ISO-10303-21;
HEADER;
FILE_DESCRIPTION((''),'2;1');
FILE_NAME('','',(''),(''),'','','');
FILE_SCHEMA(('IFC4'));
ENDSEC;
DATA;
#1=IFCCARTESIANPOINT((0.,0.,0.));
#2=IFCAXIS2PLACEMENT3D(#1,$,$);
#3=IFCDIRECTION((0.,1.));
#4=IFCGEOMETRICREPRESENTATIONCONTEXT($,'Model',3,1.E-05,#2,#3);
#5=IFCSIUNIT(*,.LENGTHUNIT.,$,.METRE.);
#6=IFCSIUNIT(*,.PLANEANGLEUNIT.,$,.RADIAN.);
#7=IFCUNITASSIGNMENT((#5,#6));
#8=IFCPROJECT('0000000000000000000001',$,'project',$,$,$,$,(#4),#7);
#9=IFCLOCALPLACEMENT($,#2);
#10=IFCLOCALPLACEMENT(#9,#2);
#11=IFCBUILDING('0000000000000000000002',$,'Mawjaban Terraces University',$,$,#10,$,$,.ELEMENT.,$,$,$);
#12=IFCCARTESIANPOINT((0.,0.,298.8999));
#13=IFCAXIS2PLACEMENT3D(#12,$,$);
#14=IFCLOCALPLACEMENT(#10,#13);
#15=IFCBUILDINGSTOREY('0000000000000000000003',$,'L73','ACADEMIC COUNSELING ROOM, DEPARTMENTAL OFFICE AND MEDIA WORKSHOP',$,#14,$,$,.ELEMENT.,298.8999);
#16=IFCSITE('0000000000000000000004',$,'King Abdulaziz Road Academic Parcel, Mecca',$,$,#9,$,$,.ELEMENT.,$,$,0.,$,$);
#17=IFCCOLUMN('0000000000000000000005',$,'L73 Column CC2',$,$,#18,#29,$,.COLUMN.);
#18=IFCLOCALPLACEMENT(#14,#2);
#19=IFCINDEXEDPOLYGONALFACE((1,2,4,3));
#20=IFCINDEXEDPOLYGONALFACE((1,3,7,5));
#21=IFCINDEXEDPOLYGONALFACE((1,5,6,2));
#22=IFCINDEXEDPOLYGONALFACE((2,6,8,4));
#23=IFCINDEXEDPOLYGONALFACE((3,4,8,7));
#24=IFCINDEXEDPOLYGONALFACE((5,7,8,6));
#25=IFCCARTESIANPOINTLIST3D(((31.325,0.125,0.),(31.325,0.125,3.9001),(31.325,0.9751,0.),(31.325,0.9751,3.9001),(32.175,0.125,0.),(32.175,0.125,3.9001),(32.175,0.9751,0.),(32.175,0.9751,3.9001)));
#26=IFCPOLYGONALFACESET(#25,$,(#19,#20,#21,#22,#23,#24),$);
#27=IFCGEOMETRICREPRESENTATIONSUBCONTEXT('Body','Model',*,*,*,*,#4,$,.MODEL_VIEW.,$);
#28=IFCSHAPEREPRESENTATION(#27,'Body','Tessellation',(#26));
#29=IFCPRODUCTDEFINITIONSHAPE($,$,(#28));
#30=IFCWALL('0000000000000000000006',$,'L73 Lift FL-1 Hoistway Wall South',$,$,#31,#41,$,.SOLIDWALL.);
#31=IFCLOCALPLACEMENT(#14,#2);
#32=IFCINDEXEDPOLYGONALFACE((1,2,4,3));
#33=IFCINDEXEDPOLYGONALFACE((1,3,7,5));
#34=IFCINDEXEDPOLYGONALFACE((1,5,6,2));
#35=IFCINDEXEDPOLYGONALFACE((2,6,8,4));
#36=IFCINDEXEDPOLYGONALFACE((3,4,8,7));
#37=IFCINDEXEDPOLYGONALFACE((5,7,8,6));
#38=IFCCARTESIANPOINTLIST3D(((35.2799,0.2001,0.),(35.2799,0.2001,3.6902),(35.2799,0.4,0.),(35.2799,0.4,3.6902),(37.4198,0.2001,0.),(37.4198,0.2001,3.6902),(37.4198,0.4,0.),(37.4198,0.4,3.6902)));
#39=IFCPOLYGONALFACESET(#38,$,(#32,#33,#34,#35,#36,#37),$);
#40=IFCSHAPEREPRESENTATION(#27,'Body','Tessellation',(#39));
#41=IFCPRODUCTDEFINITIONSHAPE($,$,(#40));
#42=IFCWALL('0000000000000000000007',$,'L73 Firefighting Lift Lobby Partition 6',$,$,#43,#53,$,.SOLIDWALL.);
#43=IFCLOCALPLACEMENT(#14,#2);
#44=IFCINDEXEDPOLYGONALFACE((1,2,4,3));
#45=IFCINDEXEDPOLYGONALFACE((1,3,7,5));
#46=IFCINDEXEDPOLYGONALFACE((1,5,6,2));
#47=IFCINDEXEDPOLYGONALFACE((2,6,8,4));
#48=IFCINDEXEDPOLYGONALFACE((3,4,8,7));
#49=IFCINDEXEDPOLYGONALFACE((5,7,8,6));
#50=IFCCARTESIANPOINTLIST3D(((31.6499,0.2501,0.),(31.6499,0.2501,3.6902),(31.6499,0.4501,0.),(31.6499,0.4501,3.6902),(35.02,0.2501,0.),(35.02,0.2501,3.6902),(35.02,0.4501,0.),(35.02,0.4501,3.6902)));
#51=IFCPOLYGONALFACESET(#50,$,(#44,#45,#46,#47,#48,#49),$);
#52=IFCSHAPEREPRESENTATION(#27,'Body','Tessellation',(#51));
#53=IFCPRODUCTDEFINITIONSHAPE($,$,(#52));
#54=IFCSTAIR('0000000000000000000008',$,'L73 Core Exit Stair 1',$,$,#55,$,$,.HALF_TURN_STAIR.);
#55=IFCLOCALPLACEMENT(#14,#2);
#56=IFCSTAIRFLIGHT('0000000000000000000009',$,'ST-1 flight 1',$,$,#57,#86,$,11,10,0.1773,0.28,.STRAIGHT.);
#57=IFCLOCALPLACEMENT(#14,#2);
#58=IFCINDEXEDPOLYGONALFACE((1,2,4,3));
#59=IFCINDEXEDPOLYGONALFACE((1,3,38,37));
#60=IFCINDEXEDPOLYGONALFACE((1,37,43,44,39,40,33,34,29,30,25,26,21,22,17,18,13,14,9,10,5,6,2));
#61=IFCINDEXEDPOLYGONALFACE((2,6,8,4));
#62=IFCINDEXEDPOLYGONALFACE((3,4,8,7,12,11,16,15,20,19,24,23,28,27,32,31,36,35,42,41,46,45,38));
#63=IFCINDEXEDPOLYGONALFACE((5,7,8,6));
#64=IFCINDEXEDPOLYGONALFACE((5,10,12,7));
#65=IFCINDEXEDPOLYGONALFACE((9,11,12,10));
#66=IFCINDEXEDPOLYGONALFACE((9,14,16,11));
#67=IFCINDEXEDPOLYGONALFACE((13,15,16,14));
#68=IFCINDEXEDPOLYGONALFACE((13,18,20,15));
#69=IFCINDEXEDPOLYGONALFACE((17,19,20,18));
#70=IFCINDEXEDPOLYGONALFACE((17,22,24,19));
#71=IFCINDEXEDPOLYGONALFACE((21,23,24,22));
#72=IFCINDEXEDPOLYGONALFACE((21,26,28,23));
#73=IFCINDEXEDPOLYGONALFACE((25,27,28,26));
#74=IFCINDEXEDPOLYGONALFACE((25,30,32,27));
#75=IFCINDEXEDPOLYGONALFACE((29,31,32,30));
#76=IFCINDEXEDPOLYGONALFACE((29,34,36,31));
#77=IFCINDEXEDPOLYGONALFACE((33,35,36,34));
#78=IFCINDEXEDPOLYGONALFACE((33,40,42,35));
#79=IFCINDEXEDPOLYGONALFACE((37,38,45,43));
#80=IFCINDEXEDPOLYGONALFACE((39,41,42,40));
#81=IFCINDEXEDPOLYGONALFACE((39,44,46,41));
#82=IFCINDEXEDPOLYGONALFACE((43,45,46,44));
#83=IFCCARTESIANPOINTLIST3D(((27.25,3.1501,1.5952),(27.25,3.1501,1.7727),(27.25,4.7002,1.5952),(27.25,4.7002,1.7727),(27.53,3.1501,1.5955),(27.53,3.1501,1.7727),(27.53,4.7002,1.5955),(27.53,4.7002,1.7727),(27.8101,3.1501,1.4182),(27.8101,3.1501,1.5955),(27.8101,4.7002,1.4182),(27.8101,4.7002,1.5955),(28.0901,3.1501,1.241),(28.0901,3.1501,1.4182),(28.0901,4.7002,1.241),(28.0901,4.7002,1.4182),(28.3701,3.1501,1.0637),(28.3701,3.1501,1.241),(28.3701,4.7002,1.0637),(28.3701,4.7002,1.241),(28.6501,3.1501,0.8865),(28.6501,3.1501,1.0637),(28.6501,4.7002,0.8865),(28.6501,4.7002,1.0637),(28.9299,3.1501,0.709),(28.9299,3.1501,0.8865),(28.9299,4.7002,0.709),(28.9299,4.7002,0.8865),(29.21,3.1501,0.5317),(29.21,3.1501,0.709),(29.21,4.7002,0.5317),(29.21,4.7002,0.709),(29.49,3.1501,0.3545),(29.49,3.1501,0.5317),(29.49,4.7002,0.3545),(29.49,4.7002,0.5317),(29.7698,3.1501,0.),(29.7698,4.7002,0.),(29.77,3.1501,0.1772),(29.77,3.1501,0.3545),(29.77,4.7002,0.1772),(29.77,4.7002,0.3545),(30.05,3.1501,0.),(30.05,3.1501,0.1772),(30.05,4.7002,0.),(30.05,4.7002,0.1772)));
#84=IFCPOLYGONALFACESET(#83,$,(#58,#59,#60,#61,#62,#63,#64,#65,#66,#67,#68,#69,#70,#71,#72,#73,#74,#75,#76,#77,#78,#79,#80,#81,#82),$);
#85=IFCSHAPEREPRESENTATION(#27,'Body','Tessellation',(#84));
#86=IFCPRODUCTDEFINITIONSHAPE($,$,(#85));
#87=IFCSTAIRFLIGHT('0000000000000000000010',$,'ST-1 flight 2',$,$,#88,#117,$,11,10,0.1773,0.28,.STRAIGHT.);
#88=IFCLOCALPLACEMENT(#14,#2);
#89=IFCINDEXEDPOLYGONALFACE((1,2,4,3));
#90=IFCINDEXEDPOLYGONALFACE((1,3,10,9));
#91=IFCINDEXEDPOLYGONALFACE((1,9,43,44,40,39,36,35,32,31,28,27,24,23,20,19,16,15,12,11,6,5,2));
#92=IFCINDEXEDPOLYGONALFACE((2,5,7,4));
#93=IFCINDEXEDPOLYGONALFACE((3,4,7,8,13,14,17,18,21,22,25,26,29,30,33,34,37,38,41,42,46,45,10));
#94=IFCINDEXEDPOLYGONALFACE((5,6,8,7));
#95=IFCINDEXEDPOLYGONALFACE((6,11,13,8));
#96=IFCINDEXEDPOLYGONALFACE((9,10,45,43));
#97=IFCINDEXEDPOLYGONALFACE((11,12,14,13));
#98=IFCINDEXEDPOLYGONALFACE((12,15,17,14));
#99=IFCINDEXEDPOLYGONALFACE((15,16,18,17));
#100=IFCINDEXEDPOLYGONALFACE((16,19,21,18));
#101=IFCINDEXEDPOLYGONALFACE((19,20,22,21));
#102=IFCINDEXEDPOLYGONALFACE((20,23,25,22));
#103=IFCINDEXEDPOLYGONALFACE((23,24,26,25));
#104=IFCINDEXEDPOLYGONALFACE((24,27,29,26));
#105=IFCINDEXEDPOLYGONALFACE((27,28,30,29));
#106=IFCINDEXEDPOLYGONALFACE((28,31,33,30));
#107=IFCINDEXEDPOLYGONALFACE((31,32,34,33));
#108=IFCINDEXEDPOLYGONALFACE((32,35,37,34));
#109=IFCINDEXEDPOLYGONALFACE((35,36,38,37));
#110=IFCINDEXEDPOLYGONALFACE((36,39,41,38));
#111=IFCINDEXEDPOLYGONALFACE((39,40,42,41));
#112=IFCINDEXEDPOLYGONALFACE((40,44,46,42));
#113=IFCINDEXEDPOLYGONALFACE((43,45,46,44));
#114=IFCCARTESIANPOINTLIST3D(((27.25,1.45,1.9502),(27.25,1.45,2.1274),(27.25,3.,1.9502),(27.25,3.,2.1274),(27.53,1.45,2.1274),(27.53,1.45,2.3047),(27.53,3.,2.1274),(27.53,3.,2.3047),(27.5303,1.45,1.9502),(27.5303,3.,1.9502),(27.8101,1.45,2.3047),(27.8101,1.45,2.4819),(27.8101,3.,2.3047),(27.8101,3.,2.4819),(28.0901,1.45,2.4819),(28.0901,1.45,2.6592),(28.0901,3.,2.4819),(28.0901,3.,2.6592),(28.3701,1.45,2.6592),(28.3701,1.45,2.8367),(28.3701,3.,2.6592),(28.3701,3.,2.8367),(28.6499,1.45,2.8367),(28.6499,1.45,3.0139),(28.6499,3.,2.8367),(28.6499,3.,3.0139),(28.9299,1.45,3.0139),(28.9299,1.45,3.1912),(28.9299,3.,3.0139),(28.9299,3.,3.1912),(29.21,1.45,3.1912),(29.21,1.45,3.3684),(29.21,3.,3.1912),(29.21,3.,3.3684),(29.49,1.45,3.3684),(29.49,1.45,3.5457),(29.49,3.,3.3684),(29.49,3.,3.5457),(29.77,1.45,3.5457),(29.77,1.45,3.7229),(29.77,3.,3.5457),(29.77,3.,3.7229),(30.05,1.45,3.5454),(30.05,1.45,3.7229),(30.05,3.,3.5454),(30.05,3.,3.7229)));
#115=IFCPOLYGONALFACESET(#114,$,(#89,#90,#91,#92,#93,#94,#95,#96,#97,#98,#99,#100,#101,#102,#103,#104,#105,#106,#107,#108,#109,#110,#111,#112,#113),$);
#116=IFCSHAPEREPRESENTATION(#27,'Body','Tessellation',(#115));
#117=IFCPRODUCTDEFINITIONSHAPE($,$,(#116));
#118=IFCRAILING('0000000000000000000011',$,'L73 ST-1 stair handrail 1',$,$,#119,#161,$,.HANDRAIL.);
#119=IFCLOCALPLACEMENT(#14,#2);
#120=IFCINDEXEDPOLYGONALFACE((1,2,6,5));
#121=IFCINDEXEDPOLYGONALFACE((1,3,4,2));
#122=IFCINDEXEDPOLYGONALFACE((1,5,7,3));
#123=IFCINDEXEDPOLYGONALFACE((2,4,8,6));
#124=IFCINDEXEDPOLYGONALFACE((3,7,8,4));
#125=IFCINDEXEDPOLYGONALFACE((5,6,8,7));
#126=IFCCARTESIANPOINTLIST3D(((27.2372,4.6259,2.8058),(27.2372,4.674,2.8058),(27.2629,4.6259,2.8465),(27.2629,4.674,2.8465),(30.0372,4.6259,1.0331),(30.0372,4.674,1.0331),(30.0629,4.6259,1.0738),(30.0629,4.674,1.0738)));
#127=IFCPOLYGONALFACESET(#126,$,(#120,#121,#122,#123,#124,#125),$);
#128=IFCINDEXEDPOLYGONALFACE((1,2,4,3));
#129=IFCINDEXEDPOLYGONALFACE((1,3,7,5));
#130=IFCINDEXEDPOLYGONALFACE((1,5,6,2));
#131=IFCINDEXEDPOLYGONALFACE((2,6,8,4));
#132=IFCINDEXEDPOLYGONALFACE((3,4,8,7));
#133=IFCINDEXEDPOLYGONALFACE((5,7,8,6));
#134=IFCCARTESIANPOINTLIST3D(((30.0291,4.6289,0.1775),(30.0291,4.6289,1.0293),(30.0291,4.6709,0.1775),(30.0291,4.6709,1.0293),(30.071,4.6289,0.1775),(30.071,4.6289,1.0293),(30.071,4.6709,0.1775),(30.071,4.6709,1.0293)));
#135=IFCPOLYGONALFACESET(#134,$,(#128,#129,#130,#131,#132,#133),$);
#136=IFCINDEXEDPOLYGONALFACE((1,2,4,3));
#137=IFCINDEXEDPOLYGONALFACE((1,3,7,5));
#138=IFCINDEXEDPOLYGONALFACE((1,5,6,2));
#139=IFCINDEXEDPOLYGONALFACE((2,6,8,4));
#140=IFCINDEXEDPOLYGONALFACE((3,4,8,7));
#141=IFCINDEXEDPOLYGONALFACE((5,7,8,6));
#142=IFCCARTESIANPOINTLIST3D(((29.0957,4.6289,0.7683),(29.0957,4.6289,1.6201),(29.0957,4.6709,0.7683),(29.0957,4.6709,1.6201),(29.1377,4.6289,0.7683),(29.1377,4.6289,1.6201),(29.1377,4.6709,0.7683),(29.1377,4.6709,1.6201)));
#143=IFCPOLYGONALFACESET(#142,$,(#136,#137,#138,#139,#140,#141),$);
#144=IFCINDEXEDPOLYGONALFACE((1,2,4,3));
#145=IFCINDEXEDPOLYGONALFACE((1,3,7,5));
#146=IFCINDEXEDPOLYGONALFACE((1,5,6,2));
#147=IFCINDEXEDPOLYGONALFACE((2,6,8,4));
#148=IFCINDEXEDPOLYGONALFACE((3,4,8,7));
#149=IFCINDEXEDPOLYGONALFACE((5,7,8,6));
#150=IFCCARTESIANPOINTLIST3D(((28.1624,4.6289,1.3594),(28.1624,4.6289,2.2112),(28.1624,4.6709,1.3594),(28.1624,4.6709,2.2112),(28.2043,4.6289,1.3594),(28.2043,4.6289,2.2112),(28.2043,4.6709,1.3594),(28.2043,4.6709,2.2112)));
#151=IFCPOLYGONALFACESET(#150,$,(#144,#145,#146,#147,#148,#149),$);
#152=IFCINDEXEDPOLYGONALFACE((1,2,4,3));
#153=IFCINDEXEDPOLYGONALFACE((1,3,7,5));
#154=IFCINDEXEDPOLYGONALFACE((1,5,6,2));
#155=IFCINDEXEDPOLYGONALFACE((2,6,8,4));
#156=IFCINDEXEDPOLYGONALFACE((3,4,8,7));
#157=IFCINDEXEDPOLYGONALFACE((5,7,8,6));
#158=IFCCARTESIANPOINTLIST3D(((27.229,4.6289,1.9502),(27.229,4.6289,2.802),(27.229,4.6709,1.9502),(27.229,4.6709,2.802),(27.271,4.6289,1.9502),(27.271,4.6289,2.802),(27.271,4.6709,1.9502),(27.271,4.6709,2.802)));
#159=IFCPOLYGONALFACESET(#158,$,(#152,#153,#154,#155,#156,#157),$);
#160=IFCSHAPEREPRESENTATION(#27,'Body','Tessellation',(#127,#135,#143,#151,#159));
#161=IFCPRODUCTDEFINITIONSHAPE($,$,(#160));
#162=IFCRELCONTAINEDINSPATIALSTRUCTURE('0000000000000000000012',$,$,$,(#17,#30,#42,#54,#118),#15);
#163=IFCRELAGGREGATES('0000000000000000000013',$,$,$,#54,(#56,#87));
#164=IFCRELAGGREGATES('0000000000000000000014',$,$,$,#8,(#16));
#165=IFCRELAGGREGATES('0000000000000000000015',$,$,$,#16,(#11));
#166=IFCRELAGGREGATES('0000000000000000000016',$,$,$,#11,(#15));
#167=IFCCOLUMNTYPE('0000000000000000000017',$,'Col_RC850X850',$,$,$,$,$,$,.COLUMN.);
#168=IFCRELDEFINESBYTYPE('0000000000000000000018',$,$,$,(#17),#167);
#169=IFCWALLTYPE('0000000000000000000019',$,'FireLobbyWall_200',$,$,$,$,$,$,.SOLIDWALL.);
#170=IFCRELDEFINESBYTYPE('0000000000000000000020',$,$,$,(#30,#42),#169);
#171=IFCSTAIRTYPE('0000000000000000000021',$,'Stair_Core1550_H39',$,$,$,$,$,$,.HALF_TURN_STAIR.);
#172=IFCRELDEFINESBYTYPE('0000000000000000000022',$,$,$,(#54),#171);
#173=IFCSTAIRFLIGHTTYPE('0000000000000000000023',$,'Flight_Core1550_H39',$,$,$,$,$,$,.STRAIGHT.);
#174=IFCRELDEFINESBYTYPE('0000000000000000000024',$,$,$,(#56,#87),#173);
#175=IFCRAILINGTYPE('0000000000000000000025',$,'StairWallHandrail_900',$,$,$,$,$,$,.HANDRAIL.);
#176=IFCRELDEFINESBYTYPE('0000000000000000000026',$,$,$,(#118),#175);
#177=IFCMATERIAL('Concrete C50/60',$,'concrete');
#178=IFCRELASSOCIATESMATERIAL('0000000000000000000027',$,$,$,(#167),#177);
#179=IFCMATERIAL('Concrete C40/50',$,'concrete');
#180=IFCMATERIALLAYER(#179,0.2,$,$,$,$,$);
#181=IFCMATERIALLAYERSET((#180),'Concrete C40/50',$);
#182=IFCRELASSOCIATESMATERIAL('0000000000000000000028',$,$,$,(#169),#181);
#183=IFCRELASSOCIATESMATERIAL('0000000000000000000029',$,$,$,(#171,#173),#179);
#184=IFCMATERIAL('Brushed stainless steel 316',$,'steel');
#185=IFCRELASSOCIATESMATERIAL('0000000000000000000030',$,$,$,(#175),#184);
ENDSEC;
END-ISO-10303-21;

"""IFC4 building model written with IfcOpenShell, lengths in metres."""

from ifc_helpers import new_model, si_unit, direction, frame, frame_2d, origin, origin_2d, place, context, subcontext, project, spatial, polyline, rectangle, outline, extrude, material, layer, layer_set, material_profile, profile_set, type_object, element, aggregate, save


model = new_model("IFC4")

# Units and contexts
model_context = context("Model", 3, precision=1e-05, world=origin(), true_north=direction((0.0, 1.0)))
body_context = subcontext(model_context, "Body", "Model", "MODEL_VIEW")
ifc_project = project(units=[si_unit("LENGTHUNIT", "METRE"), si_unit("PLANEANGLEUNIT", "RADIAN")], contexts=[model_context])

# Site, building, storey
site_placement = place(None, origin())
site = spatial("IfcSite", under=ifc_project, at=site_placement, Name="King Abdulaziz Road Academic Parcel, Mecca", CompositionType="ELEMENT", RefElevation=0.0)
building_placement = place(site_placement, origin())
building = spatial("IfcBuilding", under=site, at=building_placement, Name="Mawjaban Terraces University", CompositionType="ELEMENT")
storey_placement = place(building_placement, frame((0.0, 0.0, 298.8999)))
storey = spatial("IfcBuildingStorey", under=building, at=storey_placement, Name="L73", Description="ACADEMIC COUNSELING ROOM, DEPARTMENTAL OFFICE AND MEDIA WORKSHOP", CompositionType="ELEMENT", Elevation=298.8999)

# Column
ifc_material_1 = material(Name="Concrete C50/60", Category="concrete")
ifc_material_profile = material_profile(ifc_material_1, rectangle(XDim=0.8501, YDim=0.8501, at=origin_2d()), Name="RC850X850")
ifc_profile_set = profile_set([ifc_material_profile], Name="Concrete C50/60")
column_type = type_object("IfcColumnType", Name="Col_RC850X850", PredefinedType="COLUMN", material=ifc_profile_set)
column_placement = place(storey_placement, frame((31.75, 0.55, 0.0), z_axis=(0.0, 0.0, 1.0), x_axis=(1.0, 0.0, 0.0)))
element("IfcColumn", 1, at=column_placement, inside=storey, type_object=column_type, Name="L73 Column CC2", PredefinedType="COLUMN", context=body_context, shape_type="SweptSolid", body=[
    extrude(rectangle(XDim=0.8501, YDim=0.8501, at=origin_2d()), origin(), (0.0, 0.0, 1.0), 3.9001),
])

# Shared definitions
ifc_material_2 = material(Name="Concrete C40/50", Category="concrete")
ifc_layer_1 = layer(ifc_material_2, 0.2)
ifc_layer_set_1 = layer_set([ifc_layer_1], Name="Concrete C40/50")
wall_type_1 = type_object("IfcWallType", Name="FireLobbyWall_200", PredefinedType="SOLIDWALL", material=ifc_layer_set_1)

# Wall
wall_1_placement = place(storey_placement, frame((35.28, 0.3, 0.0), z_axis=(0.0, 0.0, 1.0), x_axis=(1.0, 0.0, 0.0)))
element("IfcWall", 2, at=wall_1_placement, inside=storey, type_object=wall_type_1, Name="L73 Lift FL-1 Hoistway Wall South", PredefinedType="SOLIDWALL", context=body_context, shape_type="SweptSolid", body=[
    extrude(rectangle(XDim=2.1399, YDim=0.2, at=frame_2d((1.0698, 0.0))), origin(), (0.0, 0.0, 1.0), 3.6902),
])

# Wall
wall_2_placement = place(storey_placement, frame((31.6499, 0.3501, 0.0), z_axis=(0.0, 0.0, 1.0), x_axis=(1.0, 0.0, 0.0)))
element("IfcWall", 3, at=wall_2_placement, inside=storey, type_object=wall_type_1, Name="L73 Firefighting Lift Lobby Partition 6", PredefinedType="SOLIDWALL", context=body_context, shape_type="SweptSolid", body=[
    extrude(rectangle(XDim=3.3701, YDim=0.2, at=frame_2d((1.6851, 0.0))), origin(), (0.0, 0.0, 1.0), 3.6902),
])

# Stair, stair flights
stair_type = type_object("IfcStairType", Name="Stair_Core1550_H39", PredefinedType="HALF_TURN_STAIR", material=ifc_material_2)
stair_placement = place(storey_placement, origin())
stair = element("IfcStair", 4, at=stair_placement, inside=storey, type_object=stair_type, Name="L73 Core Exit Stair 1", PredefinedType="HALF_TURN_STAIR")
stair_flight_type = type_object("IfcStairFlightType", Name="Flight_Core1550_H39", PredefinedType="STRAIGHT", material=ifc_material_2)
stair_flight_1_placement = place(storey_placement, frame((30.05, 3.925, 0.0), z_axis=(0.0, 0.0, 1.0), x_axis=(-1.0, 0.0, 0.0)))
stair_flight_1 = element("IfcStairFlight", 5, at=stair_flight_1_placement, type_object=stair_flight_type, Name="ST-1 flight 1", NumberOfRisers=11, NumberOfTreads=10, PredefinedType="STRAIGHT", RiserHeight=0.1773, TreadLength=0.28, context=body_context, shape_type="SweptSolid", body=[
    extrude(outline(polyline([(0.0, 0.0), (0.0, 0.1772), (0.28, 0.1772), (0.28, 0.3545), (0.5601, 0.3545), (0.5601, 0.5317), (0.8401, 0.5317), (0.8401, 0.709), (1.1201, 0.709), (1.1201, 0.8865), (1.3999, 0.8865), (1.3999, 1.0637), (1.6799, 1.0637), (1.6799, 1.241), (1.96, 1.241), (1.96, 1.4182), (2.24, 1.4182), (2.24, 1.5955), (2.52, 1.5955), (2.52, 1.7727), (2.8, 1.7727), (2.8, 1.95), (2.8, 1.5952), (0.2803, 0.0), (0.0, 0.0)])), frame((0.0, 0.7749, 0.0), z_axis=(0.0, -1.0, 0.0), x_axis=(1.0, 0.0, 0.0)), (0.0, 0.0, 1.0), 1.55),
])
stair_flight_2_placement = place(storey_placement, frame((27.25, 2.2251, 1.9502), z_axis=(0.0, 0.0, 1.0), x_axis=(1.0, 0.0, 0.0)))
stair_flight_2 = element("IfcStairFlight", 6, at=stair_flight_2_placement, type_object=stair_flight_type, Name="ST-1 flight 2", NumberOfRisers=11, NumberOfTreads=10, PredefinedType="STRAIGHT", RiserHeight=0.1773, TreadLength=0.28, context=body_context, shape_type="SweptSolid", body=[
    extrude(outline(polyline([(0.0, 0.0), (0.0, 0.1772), (0.28, 0.1772), (0.28, 0.3545), (0.5601, 0.3545), (0.5601, 0.5317), (0.8401, 0.5317), (0.8401, 0.709), (1.1201, 0.709), (1.1201, 0.8865), (1.3999, 0.8865), (1.3999, 1.0637), (1.6799, 1.0637), (1.6799, 1.241), (1.96, 1.241), (1.96, 1.4182), (2.24, 1.4182), (2.24, 1.5955), (2.52, 1.5955), (2.52, 1.7727), (2.8, 1.7727), (2.8, 1.95), (2.8, 1.5952), (0.2803, 0.0), (0.0, 0.0)])), frame((0.0, 0.7749, 0.0), z_axis=(0.0, -1.0, 0.0), x_axis=(1.0, 0.0, 0.0)), (0.0, 0.0, 1.0), 1.55),
])
aggregate(stair, [stair_flight_1, stair_flight_2])

# Railing
ifc_material_3 = material(Name="Brushed stainless steel 316", Category="steel")
railing_type_1 = type_object("IfcRailingType", Name="StairWallHandrail_900", PredefinedType="HANDRAIL", material=ifc_material_3)
railing_1_placement = place(storey_placement, frame((30.05, 4.6499, 0.1775)))
element("IfcRailing", 7, at=railing_1_placement, inside=storey, type_object=railing_type_1, Name="L73 ST-1 stair handrail 1", PredefinedType="HANDRAIL", context=body_context, shape_type="SweptSolid", body=[
    extrude(rectangle(XDim=0.0481, YDim=0.0481, at=origin_2d()), frame((0.0, 0.0, 0.876), z_axis=(-0.844909, 0.0, 0.53491), x_axis=(0.0, -1.0, 0.0)), (0.0, 0.0, 1.0), 3.314),
    extrude(rectangle(XDim=0.042, YDim=0.042, at=origin_2d()), origin(), (0.0, 0.0, 1.0), 0.8518),
    extrude(rectangle(XDim=0.042, YDim=0.042, at=origin_2d()), frame((-0.9333, 0.0, 0.5908)), (0.0, 0.0, 1.0), 0.8518),
    extrude(rectangle(XDim=0.042, YDim=0.042, at=origin_2d()), frame((-1.8667, 0.0, 1.1819)), (0.0, 0.0, 1.0), 0.8518),
    extrude(rectangle(XDim=0.042, YDim=0.042, at=origin_2d()), frame((-2.8, 0.0, 1.7727)), (0.0, 0.0, 1.0), 0.8518),
])

save(model, "model.ifc")
